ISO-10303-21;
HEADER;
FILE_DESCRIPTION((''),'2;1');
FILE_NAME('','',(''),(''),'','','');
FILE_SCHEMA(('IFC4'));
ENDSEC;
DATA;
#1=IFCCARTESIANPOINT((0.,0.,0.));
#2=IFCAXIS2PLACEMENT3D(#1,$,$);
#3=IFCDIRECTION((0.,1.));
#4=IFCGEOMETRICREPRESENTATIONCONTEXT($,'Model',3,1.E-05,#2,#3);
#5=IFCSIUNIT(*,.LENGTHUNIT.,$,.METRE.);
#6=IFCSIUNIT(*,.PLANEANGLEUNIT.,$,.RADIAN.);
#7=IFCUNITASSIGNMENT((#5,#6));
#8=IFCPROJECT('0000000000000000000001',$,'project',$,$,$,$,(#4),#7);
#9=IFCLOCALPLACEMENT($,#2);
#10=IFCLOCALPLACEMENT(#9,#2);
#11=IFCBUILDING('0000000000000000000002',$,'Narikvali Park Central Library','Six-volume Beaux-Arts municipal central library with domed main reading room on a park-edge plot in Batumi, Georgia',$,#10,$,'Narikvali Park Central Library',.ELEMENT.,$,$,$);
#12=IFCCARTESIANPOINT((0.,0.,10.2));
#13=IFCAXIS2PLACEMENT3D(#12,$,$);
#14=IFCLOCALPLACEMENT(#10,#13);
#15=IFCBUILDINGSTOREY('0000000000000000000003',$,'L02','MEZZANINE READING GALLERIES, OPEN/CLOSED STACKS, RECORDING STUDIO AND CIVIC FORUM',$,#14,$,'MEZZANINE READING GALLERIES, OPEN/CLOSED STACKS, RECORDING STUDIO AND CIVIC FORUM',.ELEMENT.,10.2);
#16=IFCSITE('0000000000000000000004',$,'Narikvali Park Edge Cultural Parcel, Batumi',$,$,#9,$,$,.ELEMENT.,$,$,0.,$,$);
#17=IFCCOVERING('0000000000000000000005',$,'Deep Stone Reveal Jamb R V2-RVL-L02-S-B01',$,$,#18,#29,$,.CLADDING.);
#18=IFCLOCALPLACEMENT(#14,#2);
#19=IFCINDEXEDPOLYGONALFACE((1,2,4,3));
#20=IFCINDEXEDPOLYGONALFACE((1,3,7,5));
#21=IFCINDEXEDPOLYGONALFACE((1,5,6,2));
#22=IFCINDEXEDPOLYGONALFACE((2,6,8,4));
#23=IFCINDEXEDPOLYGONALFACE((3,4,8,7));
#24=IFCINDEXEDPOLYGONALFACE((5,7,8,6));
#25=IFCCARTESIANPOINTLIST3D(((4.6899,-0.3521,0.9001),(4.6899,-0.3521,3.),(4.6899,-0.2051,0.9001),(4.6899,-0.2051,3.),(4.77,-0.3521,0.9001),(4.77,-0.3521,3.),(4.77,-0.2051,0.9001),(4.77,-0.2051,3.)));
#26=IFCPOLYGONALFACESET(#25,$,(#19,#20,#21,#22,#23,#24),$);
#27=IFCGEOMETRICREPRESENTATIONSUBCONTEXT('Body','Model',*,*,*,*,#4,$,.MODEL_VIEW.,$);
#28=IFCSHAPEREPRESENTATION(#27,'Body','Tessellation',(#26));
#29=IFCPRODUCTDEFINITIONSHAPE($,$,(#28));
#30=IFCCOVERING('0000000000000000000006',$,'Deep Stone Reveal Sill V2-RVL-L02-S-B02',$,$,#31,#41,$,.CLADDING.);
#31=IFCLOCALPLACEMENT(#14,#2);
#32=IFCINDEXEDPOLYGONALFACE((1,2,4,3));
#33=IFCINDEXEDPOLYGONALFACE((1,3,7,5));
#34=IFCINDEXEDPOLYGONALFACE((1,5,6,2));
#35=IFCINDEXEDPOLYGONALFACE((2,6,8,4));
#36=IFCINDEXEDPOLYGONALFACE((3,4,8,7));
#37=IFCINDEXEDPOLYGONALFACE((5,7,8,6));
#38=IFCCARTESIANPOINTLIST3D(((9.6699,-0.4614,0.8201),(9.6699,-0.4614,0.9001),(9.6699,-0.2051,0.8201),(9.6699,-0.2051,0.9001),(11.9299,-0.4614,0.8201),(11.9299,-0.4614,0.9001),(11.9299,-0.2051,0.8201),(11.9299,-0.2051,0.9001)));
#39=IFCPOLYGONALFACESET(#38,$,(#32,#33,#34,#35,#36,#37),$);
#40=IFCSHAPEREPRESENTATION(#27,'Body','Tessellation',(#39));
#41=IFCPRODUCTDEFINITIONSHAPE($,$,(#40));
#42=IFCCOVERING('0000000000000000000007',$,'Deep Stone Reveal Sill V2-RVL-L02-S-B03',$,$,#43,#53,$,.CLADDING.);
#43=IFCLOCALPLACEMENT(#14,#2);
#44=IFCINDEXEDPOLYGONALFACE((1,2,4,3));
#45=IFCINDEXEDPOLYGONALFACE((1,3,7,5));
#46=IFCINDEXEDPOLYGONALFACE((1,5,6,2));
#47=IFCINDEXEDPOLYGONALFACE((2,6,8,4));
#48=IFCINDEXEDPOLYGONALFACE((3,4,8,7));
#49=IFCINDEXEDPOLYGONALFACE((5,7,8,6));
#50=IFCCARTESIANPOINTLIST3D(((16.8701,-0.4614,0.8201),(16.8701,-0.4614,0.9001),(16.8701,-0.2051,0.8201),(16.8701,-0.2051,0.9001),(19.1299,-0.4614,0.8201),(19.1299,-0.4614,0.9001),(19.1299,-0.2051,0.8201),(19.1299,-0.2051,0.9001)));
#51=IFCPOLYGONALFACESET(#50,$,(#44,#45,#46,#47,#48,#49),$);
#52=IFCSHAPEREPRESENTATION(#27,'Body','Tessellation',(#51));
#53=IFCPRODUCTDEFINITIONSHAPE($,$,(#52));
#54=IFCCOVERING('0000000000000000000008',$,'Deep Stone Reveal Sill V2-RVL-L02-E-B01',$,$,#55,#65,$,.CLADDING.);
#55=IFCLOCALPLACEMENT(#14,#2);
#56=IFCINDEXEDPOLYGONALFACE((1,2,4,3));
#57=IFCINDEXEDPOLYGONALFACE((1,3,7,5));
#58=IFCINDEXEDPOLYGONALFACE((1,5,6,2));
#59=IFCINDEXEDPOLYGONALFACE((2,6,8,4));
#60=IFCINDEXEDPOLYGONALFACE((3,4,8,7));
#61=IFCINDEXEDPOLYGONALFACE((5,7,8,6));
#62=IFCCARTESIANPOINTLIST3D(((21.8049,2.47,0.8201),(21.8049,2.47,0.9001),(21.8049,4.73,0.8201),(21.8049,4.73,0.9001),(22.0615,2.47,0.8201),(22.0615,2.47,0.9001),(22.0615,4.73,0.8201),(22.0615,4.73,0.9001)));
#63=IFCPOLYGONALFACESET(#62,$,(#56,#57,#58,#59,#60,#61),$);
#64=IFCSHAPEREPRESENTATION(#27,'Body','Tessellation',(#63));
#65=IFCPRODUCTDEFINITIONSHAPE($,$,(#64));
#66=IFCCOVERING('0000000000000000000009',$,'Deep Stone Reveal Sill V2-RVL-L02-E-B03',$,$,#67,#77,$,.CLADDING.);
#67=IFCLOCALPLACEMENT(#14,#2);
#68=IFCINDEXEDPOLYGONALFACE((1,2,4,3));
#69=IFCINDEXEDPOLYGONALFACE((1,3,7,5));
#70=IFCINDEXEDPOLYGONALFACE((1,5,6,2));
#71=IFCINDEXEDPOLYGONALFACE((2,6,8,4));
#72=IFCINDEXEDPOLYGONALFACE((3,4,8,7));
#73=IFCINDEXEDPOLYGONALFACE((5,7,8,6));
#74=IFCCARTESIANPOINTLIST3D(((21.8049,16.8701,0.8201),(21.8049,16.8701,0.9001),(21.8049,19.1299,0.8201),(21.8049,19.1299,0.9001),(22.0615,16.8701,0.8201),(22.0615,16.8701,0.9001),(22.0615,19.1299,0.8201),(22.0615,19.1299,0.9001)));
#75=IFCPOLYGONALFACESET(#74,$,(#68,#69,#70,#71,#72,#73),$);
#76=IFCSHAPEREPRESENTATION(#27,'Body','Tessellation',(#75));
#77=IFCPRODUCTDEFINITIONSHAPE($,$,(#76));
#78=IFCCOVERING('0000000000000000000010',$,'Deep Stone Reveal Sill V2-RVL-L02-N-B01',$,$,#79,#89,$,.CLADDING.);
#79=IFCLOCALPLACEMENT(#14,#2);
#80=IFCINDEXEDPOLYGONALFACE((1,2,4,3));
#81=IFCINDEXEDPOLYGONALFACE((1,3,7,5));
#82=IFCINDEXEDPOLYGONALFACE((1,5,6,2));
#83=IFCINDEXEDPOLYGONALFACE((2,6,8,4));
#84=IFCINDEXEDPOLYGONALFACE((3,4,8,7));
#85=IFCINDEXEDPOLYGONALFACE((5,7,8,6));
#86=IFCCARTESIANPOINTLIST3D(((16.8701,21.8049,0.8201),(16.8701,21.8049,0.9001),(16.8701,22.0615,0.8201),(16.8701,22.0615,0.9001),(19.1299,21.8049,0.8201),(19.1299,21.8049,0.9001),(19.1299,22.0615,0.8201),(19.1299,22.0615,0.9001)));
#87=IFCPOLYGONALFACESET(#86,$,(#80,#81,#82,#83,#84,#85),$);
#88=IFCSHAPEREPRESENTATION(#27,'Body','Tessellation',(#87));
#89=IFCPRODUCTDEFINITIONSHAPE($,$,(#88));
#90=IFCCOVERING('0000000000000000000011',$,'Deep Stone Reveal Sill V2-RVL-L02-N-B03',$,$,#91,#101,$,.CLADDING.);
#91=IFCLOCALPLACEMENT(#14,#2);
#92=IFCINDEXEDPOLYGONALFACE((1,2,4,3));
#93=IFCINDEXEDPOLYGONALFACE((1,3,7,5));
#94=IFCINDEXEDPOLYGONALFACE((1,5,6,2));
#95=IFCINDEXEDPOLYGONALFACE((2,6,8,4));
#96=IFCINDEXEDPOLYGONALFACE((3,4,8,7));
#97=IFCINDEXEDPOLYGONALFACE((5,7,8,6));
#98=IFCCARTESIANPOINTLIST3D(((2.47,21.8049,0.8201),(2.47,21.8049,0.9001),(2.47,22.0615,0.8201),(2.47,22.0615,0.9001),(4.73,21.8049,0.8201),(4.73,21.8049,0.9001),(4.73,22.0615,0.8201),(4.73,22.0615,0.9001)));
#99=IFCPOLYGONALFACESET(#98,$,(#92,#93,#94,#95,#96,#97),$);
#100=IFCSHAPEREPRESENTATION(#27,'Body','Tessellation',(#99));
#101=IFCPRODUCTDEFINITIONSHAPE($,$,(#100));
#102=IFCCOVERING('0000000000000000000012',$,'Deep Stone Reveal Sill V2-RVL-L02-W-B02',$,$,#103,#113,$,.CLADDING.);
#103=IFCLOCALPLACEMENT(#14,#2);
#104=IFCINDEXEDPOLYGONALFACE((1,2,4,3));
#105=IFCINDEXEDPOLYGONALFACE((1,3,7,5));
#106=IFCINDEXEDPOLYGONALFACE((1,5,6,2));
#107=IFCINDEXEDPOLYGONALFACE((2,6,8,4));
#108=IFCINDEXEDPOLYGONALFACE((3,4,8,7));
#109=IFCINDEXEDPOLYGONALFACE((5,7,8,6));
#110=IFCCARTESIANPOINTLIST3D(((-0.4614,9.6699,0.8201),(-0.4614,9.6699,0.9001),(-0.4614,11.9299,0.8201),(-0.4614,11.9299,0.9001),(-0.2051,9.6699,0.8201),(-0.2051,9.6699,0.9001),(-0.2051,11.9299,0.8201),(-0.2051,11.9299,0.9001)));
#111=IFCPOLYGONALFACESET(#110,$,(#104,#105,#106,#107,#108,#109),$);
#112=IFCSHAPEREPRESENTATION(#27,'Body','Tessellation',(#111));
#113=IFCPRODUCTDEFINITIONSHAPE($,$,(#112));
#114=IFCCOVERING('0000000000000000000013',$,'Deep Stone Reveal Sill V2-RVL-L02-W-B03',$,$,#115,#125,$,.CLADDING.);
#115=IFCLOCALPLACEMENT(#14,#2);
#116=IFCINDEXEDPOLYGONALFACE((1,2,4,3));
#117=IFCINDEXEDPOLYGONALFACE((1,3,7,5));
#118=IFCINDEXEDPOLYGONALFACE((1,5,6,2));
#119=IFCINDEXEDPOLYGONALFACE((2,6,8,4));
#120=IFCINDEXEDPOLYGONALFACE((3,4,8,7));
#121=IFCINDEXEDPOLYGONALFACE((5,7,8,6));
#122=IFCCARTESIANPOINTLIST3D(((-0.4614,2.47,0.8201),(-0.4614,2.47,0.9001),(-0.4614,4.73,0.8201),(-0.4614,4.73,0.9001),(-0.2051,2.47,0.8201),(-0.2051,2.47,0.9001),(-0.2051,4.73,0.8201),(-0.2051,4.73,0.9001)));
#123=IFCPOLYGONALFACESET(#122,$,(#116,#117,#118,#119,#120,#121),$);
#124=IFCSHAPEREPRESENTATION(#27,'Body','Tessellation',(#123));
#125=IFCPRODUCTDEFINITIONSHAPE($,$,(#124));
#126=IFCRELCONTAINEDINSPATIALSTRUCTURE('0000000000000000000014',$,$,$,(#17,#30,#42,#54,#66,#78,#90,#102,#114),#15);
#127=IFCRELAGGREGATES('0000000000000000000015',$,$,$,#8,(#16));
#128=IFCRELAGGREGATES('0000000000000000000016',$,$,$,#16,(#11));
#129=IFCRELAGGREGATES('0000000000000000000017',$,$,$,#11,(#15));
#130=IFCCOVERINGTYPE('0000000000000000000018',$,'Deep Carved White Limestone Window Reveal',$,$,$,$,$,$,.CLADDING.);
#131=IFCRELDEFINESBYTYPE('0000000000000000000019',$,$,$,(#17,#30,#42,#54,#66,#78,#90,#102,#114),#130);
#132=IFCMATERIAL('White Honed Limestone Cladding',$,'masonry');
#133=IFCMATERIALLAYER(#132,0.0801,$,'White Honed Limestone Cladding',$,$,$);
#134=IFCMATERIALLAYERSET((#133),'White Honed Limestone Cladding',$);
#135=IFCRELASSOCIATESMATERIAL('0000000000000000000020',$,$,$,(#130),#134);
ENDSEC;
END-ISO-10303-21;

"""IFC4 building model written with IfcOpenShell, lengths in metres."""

from ifc_helpers import new_model, si_unit, direction, frame, origin, place, context, subcontext, project, spatial, polyline, outline, extrude, material, layer, layer_set, type_object, element, save


model = new_model("IFC4")

# Units and contexts
model_context = context("Model", 3, precision=1e-05, world=origin(), true_north=direction((0.0, 1.0)))
body_context = subcontext(model_context, "Body", "Model", "MODEL_VIEW")
ifc_project = project(units=[si_unit("LENGTHUNIT", "METRE"), si_unit("PLANEANGLEUNIT", "RADIAN")], contexts=[model_context])

# Site, building, storey
site_placement = place(None, origin())
site = spatial("IfcSite", under=ifc_project, at=site_placement, Name="Narikvali Park Edge Cultural Parcel, Batumi", CompositionType="ELEMENT", RefElevation=0.0)
building_placement = place(site_placement, origin())
building = spatial("IfcBuilding", under=site, at=building_placement, Name="Narikvali Park Central Library", Description="Six-volume Beaux-Arts municipal central library with domed main reading room on a park-edge plot in Batumi, Georgia", LongName="Narikvali Park Central Library", CompositionType="ELEMENT")
storey_placement = place(building_placement, frame((0.0, 0.0, 10.2)))
storey = spatial("IfcBuildingStorey", under=building, at=storey_placement, Name="L02", Description="MEZZANINE READING GALLERIES, OPEN/CLOSED STACKS, RECORDING STUDIO AND CIVIC FORUM", LongName="MEZZANINE READING GALLERIES, OPEN/CLOSED STACKS, RECORDING STUDIO AND CIVIC FORUM", CompositionType="ELEMENT", Elevation=10.2)

# Coverings
ifc_material = material(Name="White Honed Limestone Cladding", Category="masonry")
ifc_layer_1 = layer(ifc_material, 0.0801, Name="White Honed Limestone Cladding")
ifc_layer_set_1 = layer_set([ifc_layer_1], Name="White Honed Limestone Cladding")
covering_type_1 = type_object("IfcCoveringType", Name="Deep Carved White Limestone Window Reveal", PredefinedType="CLADDING", material=ifc_layer_set_1)
covering_1_placement = place(storey_placement, frame((0.0, 0.0, 0.9001)))
element("IfcCovering", 1, at=covering_1_placement, inside=storey, type_object=covering_type_1, Name="Deep Stone Reveal Jamb R V2-RVL-L02-S-B01", PredefinedType="CLADDING", context=body_context, shape_type="SweptSolid", body=[
    extrude(outline(polyline([(4.6899, -0.2051), (4.77, -0.2051), (4.77, -0.3521), (4.6899, -0.3521), (4.6899, -0.2051)])), origin(), (0.0, 0.0, 1.0), 2.0999),
])
covering_2_placement = place(storey_placement, frame((0.0, 0.0, 0.8201)))
element("IfcCovering", 2, at=covering_2_placement, inside=storey, type_object=covering_type_1, Name="Deep Stone Reveal Sill V2-RVL-L02-S-B02", PredefinedType="CLADDING", context=body_context, shape_type="SweptSolid", body=[
    extrude(outline(polyline([(9.6699, -0.2051), (11.9299, -0.2051), (11.9299, -0.4614), (9.6699, -0.4614), (9.6699, -0.2051)])), origin(), (0.0, 0.0, 1.0), 0.0801),
])
covering_3_placement = place(storey_placement, frame((0.0, 0.0, 0.8201)))
element("IfcCovering", 3, at=covering_3_placement, inside=storey, type_object=covering_type_1, Name="Deep Stone Reveal Sill V2-RVL-L02-S-B03", PredefinedType="CLADDING", context=body_context, shape_type="SweptSolid", body=[
    extrude(outline(polyline([(16.8701, -0.2051), (19.1299, -0.2051), (19.1299, -0.4614), (16.8701, -0.4614), (16.8701, -0.2051)])), origin(), (0.0, 0.0, 1.0), 0.0801),
])
covering_4_placement = place(storey_placement, frame((0.0, 0.0, 0.8201)))
element("IfcCovering", 4, at=covering_4_placement, inside=storey, type_object=covering_type_1, Name="Deep Stone Reveal Sill V2-RVL-L02-E-B01", PredefinedType="CLADDING", context=body_context, shape_type="SweptSolid", body=[
    extrude(outline(polyline([(21.8049, 2.47), (21.8049, 4.73), (22.0615, 4.73), (22.0615, 2.47), (21.8049, 2.47)])), origin(), (0.0, 0.0, 1.0), 0.0801),
])
covering_5_placement = place(storey_placement, frame((0.0, 0.0, 0.8201)))
element("IfcCovering", 5, at=covering_5_placement, inside=storey, type_object=covering_type_1, Name="Deep Stone Reveal Sill V2-RVL-L02-E-B03", PredefinedType="CLADDING", context=body_context, shape_type="SweptSolid", body=[
    extrude(outline(polyline([(21.8049, 16.8701), (21.8049, 19.1299), (22.0615, 19.1299), (22.0615, 16.8701), (21.8049, 16.8701)])), origin(), (0.0, 0.0, 1.0), 0.0801),
])
covering_6_placement = place(storey_placement, frame((0.0, 0.0, 0.8201)))
element("IfcCovering", 6, at=covering_6_placement, inside=storey, type_object=covering_type_1, Name="Deep Stone Reveal Sill V2-RVL-L02-N-B01", PredefinedType="CLADDING", context=body_context, shape_type="SweptSolid", body=[
    extrude(outline(polyline([(19.1299, 21.8049), (16.8701, 21.8049), (16.8701, 22.0615), (19.1299, 22.0615), (19.1299, 21.8049)])), origin(), (0.0, 0.0, 1.0), 0.0801),
])
covering_7_placement = place(storey_placement, frame((0.0, 0.0, 0.8201)))
element("IfcCovering", 7, at=covering_7_placement, inside=storey, type_object=covering_type_1, Name="Deep Stone Reveal Sill V2-RVL-L02-N-B03", PredefinedType="CLADDING", context=body_context, shape_type="SweptSolid", body=[
    extrude(outline(polyline([(4.73, 21.8049), (2.47, 21.8049), (2.47, 22.0615), (4.73, 22.0615), (4.73, 21.8049)])), origin(), (0.0, 0.0, 1.0), 0.0801),
])
covering_8_placement = place(storey_placement, frame((0.0, 0.0, 0.8201)))
element("IfcCovering", 8, at=covering_8_placement, inside=storey, type_object=covering_type_1, Name="Deep Stone Reveal Sill V2-RVL-L02-W-B02", PredefinedType="CLADDING", context=body_context, shape_type="SweptSolid", body=[
    extrude(outline(polyline([(-0.2051, 11.9299), (-0.2051, 9.6699), (-0.4614, 9.6699), (-0.4614, 11.9299), (-0.2051, 11.9299)])), origin(), (0.0, 0.0, 1.0), 0.0801),
])
covering_9_placement = place(storey_placement, frame((0.0, 0.0, 0.8201)))
element("IfcCovering", 9, at=covering_9_placement, inside=storey, type_object=covering_type_1, Name="Deep Stone Reveal Sill V2-RVL-L02-W-B03", PredefinedType="CLADDING", context=body_context, shape_type="SweptSolid", body=[
    extrude(outline(polyline([(-0.2051, 4.73), (-0.2051, 2.47), (-0.4614, 2.47), (-0.4614, 4.73), (-0.2051, 4.73)])), origin(), (0.0, 0.0, 1.0), 0.0801),
])

save(model, "model.ifc")
